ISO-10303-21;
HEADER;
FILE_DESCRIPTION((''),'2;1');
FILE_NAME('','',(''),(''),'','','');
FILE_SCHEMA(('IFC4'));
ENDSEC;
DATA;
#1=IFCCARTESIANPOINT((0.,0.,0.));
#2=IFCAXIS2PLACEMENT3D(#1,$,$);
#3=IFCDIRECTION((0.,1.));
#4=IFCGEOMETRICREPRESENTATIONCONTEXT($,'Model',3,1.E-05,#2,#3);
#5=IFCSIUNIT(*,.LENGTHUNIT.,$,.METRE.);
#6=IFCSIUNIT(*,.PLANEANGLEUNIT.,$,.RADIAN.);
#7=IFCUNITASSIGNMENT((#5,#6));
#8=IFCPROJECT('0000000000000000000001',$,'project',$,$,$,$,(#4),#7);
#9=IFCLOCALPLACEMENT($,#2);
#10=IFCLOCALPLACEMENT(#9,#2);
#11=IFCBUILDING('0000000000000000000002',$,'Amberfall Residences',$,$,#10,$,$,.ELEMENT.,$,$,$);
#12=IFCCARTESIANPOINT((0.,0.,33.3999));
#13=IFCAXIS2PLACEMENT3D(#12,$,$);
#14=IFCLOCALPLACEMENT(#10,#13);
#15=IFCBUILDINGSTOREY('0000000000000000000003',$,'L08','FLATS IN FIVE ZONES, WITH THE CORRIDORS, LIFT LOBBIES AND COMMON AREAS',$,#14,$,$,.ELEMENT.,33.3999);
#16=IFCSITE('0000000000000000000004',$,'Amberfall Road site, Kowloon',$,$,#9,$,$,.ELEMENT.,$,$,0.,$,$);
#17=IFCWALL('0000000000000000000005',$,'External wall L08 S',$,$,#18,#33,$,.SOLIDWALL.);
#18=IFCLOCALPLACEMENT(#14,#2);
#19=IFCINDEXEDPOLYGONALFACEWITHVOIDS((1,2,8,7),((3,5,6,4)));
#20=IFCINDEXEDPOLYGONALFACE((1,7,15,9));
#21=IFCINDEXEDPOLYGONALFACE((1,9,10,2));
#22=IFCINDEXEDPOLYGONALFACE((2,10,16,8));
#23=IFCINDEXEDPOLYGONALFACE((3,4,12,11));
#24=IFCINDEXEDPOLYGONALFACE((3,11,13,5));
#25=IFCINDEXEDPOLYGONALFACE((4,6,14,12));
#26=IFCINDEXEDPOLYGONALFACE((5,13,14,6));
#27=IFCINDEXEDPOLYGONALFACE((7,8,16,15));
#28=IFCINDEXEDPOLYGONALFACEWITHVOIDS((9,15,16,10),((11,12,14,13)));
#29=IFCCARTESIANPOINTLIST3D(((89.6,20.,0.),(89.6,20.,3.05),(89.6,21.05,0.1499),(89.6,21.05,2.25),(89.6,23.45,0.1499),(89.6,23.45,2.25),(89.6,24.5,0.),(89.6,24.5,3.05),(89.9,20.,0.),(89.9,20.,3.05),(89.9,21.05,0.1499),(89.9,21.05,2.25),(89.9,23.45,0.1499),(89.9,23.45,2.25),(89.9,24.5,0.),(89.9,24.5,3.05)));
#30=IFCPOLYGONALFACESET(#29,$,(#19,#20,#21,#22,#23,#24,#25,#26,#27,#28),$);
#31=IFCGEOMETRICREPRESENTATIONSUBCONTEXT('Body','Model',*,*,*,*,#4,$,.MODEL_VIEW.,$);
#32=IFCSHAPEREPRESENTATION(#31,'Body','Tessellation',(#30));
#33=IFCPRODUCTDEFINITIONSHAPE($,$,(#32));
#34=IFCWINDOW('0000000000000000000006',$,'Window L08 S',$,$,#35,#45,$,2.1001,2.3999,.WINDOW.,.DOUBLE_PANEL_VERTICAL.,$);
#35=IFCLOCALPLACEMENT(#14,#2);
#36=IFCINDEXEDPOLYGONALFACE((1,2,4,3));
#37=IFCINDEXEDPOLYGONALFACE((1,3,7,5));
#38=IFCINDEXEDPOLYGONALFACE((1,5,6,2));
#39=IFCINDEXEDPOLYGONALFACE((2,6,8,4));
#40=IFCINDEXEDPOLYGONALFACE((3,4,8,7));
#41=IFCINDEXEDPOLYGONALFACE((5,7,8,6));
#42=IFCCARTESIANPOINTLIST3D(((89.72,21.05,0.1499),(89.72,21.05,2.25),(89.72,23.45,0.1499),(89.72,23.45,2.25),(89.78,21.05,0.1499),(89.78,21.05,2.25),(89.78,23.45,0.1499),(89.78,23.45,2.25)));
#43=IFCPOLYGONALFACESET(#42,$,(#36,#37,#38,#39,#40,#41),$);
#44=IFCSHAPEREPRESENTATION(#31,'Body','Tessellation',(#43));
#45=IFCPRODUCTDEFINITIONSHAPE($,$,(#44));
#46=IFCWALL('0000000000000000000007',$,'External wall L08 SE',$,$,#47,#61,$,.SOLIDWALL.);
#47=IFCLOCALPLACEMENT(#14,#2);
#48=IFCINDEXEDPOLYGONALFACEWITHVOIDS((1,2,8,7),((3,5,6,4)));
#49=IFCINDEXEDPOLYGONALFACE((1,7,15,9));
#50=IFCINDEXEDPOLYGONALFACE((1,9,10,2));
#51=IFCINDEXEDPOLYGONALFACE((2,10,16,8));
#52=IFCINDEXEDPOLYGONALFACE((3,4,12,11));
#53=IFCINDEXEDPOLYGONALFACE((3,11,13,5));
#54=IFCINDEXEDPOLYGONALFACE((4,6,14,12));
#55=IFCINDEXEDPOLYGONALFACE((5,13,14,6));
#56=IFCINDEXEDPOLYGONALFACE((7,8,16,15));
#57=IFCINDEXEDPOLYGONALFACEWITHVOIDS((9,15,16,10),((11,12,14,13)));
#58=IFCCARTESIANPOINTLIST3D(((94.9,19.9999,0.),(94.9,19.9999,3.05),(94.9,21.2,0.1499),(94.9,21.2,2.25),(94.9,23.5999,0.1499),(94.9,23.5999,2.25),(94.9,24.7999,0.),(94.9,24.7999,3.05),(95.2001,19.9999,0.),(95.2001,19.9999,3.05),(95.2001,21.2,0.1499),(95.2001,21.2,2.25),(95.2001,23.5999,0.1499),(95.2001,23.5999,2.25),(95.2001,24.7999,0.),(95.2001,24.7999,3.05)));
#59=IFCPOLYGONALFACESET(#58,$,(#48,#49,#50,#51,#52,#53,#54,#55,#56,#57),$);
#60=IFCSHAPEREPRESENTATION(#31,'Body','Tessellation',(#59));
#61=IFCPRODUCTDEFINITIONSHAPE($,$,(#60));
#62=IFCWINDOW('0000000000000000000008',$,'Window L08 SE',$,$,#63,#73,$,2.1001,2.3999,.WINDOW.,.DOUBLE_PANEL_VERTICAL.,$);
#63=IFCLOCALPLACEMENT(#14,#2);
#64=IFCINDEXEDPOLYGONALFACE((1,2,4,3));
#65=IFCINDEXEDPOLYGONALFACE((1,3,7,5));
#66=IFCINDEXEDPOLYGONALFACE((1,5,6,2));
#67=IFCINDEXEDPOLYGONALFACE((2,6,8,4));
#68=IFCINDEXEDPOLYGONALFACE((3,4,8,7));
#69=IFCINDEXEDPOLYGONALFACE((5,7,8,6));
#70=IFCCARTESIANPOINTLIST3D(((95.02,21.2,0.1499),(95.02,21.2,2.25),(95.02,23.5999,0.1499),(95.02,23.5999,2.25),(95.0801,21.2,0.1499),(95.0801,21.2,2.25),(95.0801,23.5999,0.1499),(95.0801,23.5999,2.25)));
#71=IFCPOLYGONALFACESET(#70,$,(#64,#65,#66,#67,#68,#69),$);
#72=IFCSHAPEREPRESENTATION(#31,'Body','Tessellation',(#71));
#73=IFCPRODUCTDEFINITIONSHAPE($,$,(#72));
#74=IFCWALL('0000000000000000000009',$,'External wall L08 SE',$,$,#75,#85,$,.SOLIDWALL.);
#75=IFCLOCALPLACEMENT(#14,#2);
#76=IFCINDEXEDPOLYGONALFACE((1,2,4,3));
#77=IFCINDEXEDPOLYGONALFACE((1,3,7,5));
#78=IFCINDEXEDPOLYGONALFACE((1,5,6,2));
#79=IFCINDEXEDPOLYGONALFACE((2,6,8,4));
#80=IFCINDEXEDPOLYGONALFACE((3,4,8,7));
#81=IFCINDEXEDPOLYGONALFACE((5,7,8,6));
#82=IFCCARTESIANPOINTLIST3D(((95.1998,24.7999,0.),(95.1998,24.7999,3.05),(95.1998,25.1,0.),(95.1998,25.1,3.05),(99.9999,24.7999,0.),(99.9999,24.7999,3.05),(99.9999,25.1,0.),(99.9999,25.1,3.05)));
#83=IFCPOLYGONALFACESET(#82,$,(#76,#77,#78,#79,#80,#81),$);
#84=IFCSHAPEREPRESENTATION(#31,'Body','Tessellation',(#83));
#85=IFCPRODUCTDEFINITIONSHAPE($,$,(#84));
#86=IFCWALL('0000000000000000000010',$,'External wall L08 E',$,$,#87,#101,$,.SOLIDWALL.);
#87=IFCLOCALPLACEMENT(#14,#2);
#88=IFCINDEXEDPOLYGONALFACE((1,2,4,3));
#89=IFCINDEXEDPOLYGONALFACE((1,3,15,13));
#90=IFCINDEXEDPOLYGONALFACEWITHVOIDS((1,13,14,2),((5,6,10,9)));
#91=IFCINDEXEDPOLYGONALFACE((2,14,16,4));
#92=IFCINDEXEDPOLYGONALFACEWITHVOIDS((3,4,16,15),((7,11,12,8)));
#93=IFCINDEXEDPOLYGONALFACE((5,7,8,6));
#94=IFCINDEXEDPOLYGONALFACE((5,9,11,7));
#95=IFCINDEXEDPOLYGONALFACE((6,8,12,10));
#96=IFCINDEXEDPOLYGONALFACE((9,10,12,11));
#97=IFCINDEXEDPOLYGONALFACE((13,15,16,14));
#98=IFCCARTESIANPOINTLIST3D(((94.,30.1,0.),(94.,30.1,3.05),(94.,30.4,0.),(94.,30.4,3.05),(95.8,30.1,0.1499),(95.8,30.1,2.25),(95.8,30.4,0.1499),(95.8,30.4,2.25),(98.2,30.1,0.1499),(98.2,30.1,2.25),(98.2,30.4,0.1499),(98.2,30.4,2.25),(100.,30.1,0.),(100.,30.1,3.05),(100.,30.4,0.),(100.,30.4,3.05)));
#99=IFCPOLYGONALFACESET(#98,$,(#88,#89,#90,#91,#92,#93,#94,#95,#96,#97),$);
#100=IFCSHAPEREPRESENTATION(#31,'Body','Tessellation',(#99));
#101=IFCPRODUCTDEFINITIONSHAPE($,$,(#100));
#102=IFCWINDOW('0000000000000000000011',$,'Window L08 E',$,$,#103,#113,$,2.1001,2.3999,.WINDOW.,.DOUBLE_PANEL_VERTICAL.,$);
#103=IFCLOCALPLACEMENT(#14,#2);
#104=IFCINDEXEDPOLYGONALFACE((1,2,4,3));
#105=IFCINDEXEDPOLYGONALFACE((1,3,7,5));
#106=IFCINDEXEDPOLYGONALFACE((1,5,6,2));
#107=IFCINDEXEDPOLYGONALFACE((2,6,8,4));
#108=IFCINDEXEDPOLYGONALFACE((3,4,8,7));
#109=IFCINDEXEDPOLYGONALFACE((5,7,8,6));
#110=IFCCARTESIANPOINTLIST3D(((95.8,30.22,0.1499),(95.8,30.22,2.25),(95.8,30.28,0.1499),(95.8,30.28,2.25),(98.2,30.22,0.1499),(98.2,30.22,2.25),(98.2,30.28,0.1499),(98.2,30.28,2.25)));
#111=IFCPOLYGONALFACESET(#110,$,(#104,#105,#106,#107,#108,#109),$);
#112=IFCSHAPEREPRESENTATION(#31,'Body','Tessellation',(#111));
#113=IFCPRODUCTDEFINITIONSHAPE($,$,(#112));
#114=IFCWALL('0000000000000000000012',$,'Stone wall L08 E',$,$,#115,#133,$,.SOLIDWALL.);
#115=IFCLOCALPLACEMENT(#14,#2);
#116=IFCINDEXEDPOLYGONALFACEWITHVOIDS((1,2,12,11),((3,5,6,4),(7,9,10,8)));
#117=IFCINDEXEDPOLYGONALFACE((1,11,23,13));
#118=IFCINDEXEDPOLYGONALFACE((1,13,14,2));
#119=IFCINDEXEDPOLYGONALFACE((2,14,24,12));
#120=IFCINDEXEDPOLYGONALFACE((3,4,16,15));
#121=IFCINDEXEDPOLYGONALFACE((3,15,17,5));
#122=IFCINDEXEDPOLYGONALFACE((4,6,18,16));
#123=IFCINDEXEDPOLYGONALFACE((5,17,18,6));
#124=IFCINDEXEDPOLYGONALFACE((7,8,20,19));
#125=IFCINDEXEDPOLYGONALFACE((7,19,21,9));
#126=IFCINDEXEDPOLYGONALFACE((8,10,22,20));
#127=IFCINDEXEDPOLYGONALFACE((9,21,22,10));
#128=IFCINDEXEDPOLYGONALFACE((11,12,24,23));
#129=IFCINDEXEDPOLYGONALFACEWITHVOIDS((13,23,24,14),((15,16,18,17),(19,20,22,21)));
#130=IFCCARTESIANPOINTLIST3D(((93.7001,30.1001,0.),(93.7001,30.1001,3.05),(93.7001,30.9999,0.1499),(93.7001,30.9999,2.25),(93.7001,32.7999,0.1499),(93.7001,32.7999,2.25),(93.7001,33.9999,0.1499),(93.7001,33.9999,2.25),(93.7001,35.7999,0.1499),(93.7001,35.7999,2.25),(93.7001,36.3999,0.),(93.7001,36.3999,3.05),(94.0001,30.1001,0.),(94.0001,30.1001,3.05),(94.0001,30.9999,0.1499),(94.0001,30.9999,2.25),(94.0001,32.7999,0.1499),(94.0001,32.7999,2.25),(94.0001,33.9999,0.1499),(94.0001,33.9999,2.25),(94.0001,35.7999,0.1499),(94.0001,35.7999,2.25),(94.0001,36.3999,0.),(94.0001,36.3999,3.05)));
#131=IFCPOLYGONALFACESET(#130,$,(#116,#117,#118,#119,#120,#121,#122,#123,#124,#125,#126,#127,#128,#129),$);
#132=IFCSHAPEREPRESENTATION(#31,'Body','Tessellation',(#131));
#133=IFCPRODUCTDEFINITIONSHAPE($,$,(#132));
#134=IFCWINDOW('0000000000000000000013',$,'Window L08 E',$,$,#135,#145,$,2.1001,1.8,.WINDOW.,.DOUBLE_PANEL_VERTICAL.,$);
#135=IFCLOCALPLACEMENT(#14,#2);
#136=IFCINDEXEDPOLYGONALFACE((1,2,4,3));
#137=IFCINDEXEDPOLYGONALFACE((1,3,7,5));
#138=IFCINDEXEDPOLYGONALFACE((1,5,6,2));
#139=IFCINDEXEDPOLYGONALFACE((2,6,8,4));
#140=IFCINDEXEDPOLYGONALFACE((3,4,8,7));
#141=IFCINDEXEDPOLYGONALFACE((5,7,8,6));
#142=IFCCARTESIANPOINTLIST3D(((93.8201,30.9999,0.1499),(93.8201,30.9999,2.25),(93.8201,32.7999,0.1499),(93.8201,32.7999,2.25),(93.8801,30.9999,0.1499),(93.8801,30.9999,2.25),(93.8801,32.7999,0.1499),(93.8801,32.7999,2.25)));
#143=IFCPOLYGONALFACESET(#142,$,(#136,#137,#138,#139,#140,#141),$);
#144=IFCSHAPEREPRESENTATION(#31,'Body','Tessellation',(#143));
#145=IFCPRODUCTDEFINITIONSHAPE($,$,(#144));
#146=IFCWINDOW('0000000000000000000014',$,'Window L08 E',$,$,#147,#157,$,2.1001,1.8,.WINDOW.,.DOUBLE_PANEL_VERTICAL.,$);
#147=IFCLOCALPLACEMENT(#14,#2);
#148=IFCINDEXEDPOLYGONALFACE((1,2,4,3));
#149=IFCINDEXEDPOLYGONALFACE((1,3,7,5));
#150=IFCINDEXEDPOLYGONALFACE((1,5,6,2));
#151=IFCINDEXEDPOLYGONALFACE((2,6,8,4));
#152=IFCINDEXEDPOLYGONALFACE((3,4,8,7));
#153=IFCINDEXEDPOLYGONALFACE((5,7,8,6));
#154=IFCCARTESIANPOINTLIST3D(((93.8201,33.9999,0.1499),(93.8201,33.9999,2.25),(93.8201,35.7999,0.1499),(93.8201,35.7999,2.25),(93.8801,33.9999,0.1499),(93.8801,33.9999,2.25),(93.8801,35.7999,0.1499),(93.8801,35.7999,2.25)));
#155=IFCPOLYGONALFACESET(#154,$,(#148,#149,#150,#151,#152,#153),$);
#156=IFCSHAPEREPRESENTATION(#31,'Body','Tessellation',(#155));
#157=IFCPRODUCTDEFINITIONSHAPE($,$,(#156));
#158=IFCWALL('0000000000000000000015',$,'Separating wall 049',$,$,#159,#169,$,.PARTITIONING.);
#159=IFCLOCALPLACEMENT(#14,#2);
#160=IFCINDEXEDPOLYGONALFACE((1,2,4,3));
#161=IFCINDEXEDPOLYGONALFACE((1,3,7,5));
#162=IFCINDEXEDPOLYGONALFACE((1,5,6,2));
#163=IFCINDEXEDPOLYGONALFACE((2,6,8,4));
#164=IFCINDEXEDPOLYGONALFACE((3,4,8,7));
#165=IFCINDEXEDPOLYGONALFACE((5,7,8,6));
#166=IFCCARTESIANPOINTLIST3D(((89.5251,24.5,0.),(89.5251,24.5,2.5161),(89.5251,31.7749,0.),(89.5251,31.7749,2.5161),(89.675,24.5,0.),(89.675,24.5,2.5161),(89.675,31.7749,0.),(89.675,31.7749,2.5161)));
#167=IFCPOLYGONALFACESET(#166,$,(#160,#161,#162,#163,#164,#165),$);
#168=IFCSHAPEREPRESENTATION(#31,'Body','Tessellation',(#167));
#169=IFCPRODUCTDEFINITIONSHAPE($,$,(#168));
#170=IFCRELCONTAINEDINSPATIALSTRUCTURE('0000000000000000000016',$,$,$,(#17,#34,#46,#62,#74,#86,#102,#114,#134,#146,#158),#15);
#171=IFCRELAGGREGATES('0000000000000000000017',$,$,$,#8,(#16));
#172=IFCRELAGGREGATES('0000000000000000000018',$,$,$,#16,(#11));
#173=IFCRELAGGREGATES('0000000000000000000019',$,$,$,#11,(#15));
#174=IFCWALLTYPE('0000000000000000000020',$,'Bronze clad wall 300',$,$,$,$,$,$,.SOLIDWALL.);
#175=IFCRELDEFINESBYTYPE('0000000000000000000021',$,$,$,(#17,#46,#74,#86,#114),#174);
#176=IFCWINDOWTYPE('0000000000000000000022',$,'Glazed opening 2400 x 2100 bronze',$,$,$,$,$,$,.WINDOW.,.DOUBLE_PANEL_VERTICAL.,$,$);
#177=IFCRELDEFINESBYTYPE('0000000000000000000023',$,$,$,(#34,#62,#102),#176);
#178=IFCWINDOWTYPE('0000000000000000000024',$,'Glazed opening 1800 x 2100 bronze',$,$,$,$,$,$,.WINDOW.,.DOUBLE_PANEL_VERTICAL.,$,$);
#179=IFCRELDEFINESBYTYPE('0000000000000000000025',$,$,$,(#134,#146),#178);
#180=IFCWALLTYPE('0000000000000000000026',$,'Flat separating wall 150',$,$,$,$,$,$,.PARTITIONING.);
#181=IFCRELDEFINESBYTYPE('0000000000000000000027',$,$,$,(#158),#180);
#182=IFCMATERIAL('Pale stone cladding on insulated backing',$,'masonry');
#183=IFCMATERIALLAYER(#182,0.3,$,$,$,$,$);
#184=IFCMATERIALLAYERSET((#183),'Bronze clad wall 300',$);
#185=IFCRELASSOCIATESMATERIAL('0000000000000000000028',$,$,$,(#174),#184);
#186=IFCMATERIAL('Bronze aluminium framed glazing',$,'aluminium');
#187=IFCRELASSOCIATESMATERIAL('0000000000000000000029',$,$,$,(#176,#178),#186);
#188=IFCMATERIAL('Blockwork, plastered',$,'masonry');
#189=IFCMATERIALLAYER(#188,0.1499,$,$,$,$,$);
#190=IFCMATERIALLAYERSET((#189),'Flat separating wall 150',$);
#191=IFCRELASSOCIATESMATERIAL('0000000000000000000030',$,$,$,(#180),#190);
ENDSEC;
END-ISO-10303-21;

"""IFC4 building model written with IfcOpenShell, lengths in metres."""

from ifc_helpers import new_model, si_unit, direction, frame, frame_2d, origin, place, context, subcontext, project, spatial, rectangle, extrude, material, layer, layer_set, type_object, element, fill, save


model = new_model("IFC4")

# Units and contexts
model_context = context("Model", 3, precision=1e-05, world=origin(), true_north=direction((0.0, 1.0)))
body_context = subcontext(model_context, "Body", "Model", "MODEL_VIEW")
ifc_project = project(units=[si_unit("LENGTHUNIT", "METRE"), si_unit("PLANEANGLEUNIT", "RADIAN")], contexts=[model_context])

# Site, building, storey
site_placement = place(None, origin())
site = spatial("IfcSite", under=ifc_project, at=site_placement, Name="Amberfall Road site, Kowloon", CompositionType="ELEMENT", RefElevation=0.0)
building_placement = place(site_placement, origin())
building = spatial("IfcBuilding", under=site, at=building_placement, Name="Amberfall Residences", CompositionType="ELEMENT")
storey_placement = place(building_placement, frame((0.0, 0.0, 33.3999)))
storey = spatial("IfcBuildingStorey", under=building, at=storey_placement, Name="L08", Description="FLATS IN FIVE ZONES, WITH THE CORRIDORS, LIFT LOBBIES AND COMMON AREAS", CompositionType="ELEMENT", Elevation=33.3999)

# Walls, openings, windows
ifc_material_1 = material(Name="Pale stone cladding on insulated backing", Category="masonry")
ifc_layer_1 = layer(ifc_material_1, 0.3)
ifc_layer_set_1 = layer_set([ifc_layer_1], Name="Bronze clad wall 300")
wall_type_1 = type_object("IfcWallType", Name="Bronze clad wall 300", PredefinedType="SOLIDWALL", material=ifc_layer_set_1)
wall_1_placement = place(storey_placement, frame((89.75, 24.5, 0.0), z_axis=(0.0, 0.0, 1.0), x_axis=(0.0, -1.0, 0.0)))
wall_1 = element("IfcWall", 1, at=wall_1_placement, inside=storey, type_object=wall_type_1, Name="External wall L08 S", PredefinedType="SOLIDWALL", context=body_context, shape_type="SweptSolid", body=[
    extrude(rectangle(XDim=4.5, YDim=0.3, at=frame_2d((2.25, 0.0))), origin(), (0.0, 0.0, 1.0), 3.05),
])
opening_1_placement = place(wall_1_placement, frame((1.05, 0.0, 0.1499)))
opening_1 = element("IfcOpeningElement", 2, at=opening_1_placement, cuts=wall_1, PredefinedType="OPENING", context=body_context, shape_type="SweptSolid", body=[
    extrude(rectangle(XDim=2.3999, YDim=2.1001, at=frame_2d((1.2, 1.05))), frame((0.0, 0.1599, 0.0), z_axis=(0.0, -1.0, 0.0), x_axis=(1.0, 0.0, 0.0)), (0.0, 0.0, 1.0), 0.3201),
])
ifc_material_2 = material(Name="Bronze aluminium framed glazing", Category="aluminium")
window_type_1 = type_object("IfcWindowType", Name="Glazed opening 2400 x 2100 bronze", PartitioningType="DOUBLE_PANEL_VERTICAL", PredefinedType="WINDOW", material=ifc_material_2)
window_1_placement = place(opening_1_placement, origin())
window_1 = element("IfcWindow", 3, at=window_1_placement, inside=storey, type_object=window_type_1, Name="Window L08 S", OverallHeight=2.1001, OverallWidth=2.3999, PartitioningType="DOUBLE_PANEL_VERTICAL", PredefinedType="WINDOW", context=body_context, shape_type="SweptSolid", body=[
    extrude(rectangle(XDim=2.3999, YDim=2.1001, at=frame_2d((1.2, 1.05))), frame((0.0, 0.03, 0.0), z_axis=(0.0, -1.0, 0.0), x_axis=(1.0, 0.0, 0.0)), (0.0, 0.0, 1.0), 0.0601),
])
fill(opening_1, window_1)
wall_2_placement = place(storey_placement, frame((95.05, 20.0, 0.0), z_axis=(0.0, 0.0, 1.0), x_axis=(0.0, 1.0, 0.0)))
wall_2 = element("IfcWall", 4, at=wall_2_placement, inside=storey, type_object=wall_type_1, Name="External wall L08 SE", PredefinedType="SOLIDWALL", context=body_context, shape_type="SweptSolid", body=[
    extrude(rectangle(XDim=4.8, YDim=0.3, at=frame_2d((2.3999, 0.0))), origin(), (0.0, 0.0, 1.0), 3.05),
])
opening_2_placement = place(wall_2_placement, frame((1.2, 0.0, 0.1499)))
opening_2 = element("IfcOpeningElement", 5, at=opening_2_placement, cuts=wall_2, PredefinedType="OPENING", context=body_context, shape_type="SweptSolid", body=[
    extrude(rectangle(XDim=2.3999, YDim=2.1001, at=frame_2d((1.2, 1.05))), frame((0.0, 0.1599, 0.0), z_axis=(0.0, -1.0, 0.0), x_axis=(1.0, 0.0, 0.0)), (0.0, 0.0, 1.0), 0.3201),
])
window_2_placement = place(opening_2_placement, origin())
window_2 = element("IfcWindow", 6, at=window_2_placement, inside=storey, type_object=window_type_1, Name="Window L08 SE", OverallHeight=2.1001, OverallWidth=2.3999, PartitioningType="DOUBLE_PANEL_VERTICAL", PredefinedType="WINDOW", context=body_context, shape_type="SweptSolid", body=[
    extrude(rectangle(XDim=2.3999, YDim=2.1001, at=frame_2d((1.2, 1.05))), frame((0.0, 0.03, 0.0), z_axis=(0.0, -1.0, 0.0), x_axis=(1.0, 0.0, 0.0)), (0.0, 0.0, 1.0), 0.0601),
])
fill(opening_2, window_2)

# Wall
wall_3_placement = place(storey_placement, frame((95.2, 24.95, 0.0), z_axis=(0.0, 0.0, 1.0), x_axis=(1.0, 0.0, 0.0)))
element("IfcWall", 7, at=wall_3_placement, inside=storey, type_object=wall_type_1, Name="External wall L08 SE", PredefinedType="SOLIDWALL", context=body_context, shape_type="SweptSolid", body=[
    extrude(rectangle(XDim=4.8, YDim=0.3, at=frame_2d((2.3999, 0.0))), origin(), (0.0, 0.0, 1.0), 3.05),
])

# Wall, opening, window
wall_4_placement = place(storey_placement, frame((100.0, 30.25, 0.0), z_axis=(0.0, 0.0, 1.0), x_axis=(-1.0, 0.0, 0.0)))
wall_4 = element("IfcWall", 8, at=wall_4_placement, inside=storey, type_object=wall_type_1, Name="External wall L08 E", PredefinedType="SOLIDWALL", context=body_context, shape_type="SweptSolid", body=[
    extrude(rectangle(XDim=6.0, YDim=0.3, at=frame_2d((3.0, 0.0))), origin(), (0.0, 0.0, 1.0), 3.05),
])
opening_3_placement = place(wall_4_placement, frame((1.8, 0.0, 0.1499)))
opening_3 = element("IfcOpeningElement", 9, at=opening_3_placement, cuts=wall_4, PredefinedType="OPENING", context=body_context, shape_type="SweptSolid", body=[
    extrude(rectangle(XDim=2.3999, YDim=2.1001, at=frame_2d((1.2, 1.05))), frame((0.0, 0.1599, 0.0), z_axis=(0.0, -1.0, 0.0), x_axis=(1.0, 0.0, 0.0)), (0.0, 0.0, 1.0), 0.3201),
])
window_3_placement = place(opening_3_placement, origin())
window_3 = element("IfcWindow", 10, at=window_3_placement, inside=storey, type_object=window_type_1, Name="Window L08 E", OverallHeight=2.1001, OverallWidth=2.3999, PartitioningType="DOUBLE_PANEL_VERTICAL", PredefinedType="WINDOW", context=body_context, shape_type="SweptSolid", body=[
    extrude(rectangle(XDim=2.3999, YDim=2.1001, at=frame_2d((1.2, 1.05))), frame((0.0, 0.03, 0.0), z_axis=(0.0, -1.0, 0.0), x_axis=(1.0, 0.0, 0.0)), (0.0, 0.0, 1.0), 0.0601),
])
fill(opening_3, window_3)

# Wall, openings, windows
wall_5_placement = place(storey_placement, frame((93.8501, 30.1001, 0.0), z_axis=(0.0, 0.0, 1.0), x_axis=(0.0, 1.0, 0.0)))
wall_5 = element("IfcWall", 11, at=wall_5_placement, inside=storey, type_object=wall_type_1, Name="Stone wall L08 E", PredefinedType="SOLIDWALL", context=body_context, shape_type="SweptSolid", body=[
    extrude(rectangle(XDim=6.2998, YDim=0.3, at=frame_2d((3.1499, 0.0))), origin(), (0.0, 0.0, 1.0), 3.05),
])
opening_4_placement = place(wall_5_placement, frame((0.8999, 0.0, 0.1499)))
opening_4 = element("IfcOpeningElement", 12, at=opening_4_placement, cuts=wall_5, PredefinedType="OPENING", context=body_context, shape_type="SweptSolid", body=[
    extrude(rectangle(XDim=1.8, YDim=2.1001, at=frame_2d((0.8999, 1.05))), frame((0.0, 0.1599, 0.0), z_axis=(0.0, -1.0, 0.0), x_axis=(1.0, 0.0, 0.0)), (0.0, 0.0, 1.0), 0.3201),
])
opening_5_placement = place(wall_5_placement, frame((3.8999, 0.0, 0.1499)))
opening_5 = element("IfcOpeningElement", 13, at=opening_5_placement, cuts=wall_5, PredefinedType="OPENING", context=body_context, shape_type="SweptSolid", body=[
    extrude(rectangle(XDim=1.8, YDim=2.1001, at=frame_2d((0.8999, 1.05))), frame((0.0, 0.1599, 0.0), z_axis=(0.0, -1.0, 0.0), x_axis=(1.0, 0.0, 0.0)), (0.0, 0.0, 1.0), 0.3201),
])
window_type_2 = type_object("IfcWindowType", Name="Glazed opening 1800 x 2100 bronze", PartitioningType="DOUBLE_PANEL_VERTICAL", PredefinedType="WINDOW", material=ifc_material_2)
window_4_placement = place(opening_4_placement, origin())
window_4 = element("IfcWindow", 14, at=window_4_placement, inside=storey, type_object=window_type_2, Name="Window L08 E", OverallHeight=2.1001, OverallWidth=1.8, PartitioningType="DOUBLE_PANEL_VERTICAL", PredefinedType="WINDOW", context=body_context, shape_type="SweptSolid", body=[
    extrude(rectangle(XDim=1.8, YDim=2.1001, at=frame_2d((0.8999, 1.05))), frame((0.0, 0.03, 0.0), z_axis=(0.0, -1.0, 0.0), x_axis=(1.0, 0.0, 0.0)), (0.0, 0.0, 1.0), 0.0601),
])
fill(opening_4, window_4)
window_5_placement = place(opening_5_placement, origin())
window_5 = element("IfcWindow", 15, at=window_5_placement, inside=storey, type_object=window_type_2, Name="Window L08 E", OverallHeight=2.1001, OverallWidth=1.8, PartitioningType="DOUBLE_PANEL_VERTICAL", PredefinedType="WINDOW", context=body_context, shape_type="SweptSolid", body=[
    extrude(rectangle(XDim=1.8, YDim=2.1001, at=frame_2d((0.8999, 1.05))), frame((0.0, 0.03, 0.0), z_axis=(0.0, -1.0, 0.0), x_axis=(1.0, 0.0, 0.0)), (0.0, 0.0, 1.0), 0.0601),
])
fill(opening_5, window_5)

# Wall
ifc_material_3 = material(Name="Blockwork, plastered", Category="masonry")
ifc_layer_2 = layer(ifc_material_3, 0.1499)
ifc_layer_set_2 = layer_set([ifc_layer_2], Name="Flat separating wall 150")
wall_type_2 = type_object("IfcWallType", Name="Flat separating wall 150", PredefinedType="PARTITIONING", material=ifc_layer_set_2)
wall_6_placement = place(storey_placement, frame((89.6001, 24.5, 0.0), z_axis=(0.0, 0.0, 1.0), x_axis=(0.0, 1.0, 0.0)))
element("IfcWall", 16, at=wall_6_placement, inside=storey, type_object=wall_type_2, Name="Separating wall 049", PredefinedType="PARTITIONING", context=body_context, shape_type="SweptSolid", body=[
    extrude(rectangle(XDim=7.2749, YDim=0.1499, at=frame_2d((3.6375, 0.0))), origin(), (0.0, 0.0, 1.0), 2.5161),
])

save(model, "model.ifc")
